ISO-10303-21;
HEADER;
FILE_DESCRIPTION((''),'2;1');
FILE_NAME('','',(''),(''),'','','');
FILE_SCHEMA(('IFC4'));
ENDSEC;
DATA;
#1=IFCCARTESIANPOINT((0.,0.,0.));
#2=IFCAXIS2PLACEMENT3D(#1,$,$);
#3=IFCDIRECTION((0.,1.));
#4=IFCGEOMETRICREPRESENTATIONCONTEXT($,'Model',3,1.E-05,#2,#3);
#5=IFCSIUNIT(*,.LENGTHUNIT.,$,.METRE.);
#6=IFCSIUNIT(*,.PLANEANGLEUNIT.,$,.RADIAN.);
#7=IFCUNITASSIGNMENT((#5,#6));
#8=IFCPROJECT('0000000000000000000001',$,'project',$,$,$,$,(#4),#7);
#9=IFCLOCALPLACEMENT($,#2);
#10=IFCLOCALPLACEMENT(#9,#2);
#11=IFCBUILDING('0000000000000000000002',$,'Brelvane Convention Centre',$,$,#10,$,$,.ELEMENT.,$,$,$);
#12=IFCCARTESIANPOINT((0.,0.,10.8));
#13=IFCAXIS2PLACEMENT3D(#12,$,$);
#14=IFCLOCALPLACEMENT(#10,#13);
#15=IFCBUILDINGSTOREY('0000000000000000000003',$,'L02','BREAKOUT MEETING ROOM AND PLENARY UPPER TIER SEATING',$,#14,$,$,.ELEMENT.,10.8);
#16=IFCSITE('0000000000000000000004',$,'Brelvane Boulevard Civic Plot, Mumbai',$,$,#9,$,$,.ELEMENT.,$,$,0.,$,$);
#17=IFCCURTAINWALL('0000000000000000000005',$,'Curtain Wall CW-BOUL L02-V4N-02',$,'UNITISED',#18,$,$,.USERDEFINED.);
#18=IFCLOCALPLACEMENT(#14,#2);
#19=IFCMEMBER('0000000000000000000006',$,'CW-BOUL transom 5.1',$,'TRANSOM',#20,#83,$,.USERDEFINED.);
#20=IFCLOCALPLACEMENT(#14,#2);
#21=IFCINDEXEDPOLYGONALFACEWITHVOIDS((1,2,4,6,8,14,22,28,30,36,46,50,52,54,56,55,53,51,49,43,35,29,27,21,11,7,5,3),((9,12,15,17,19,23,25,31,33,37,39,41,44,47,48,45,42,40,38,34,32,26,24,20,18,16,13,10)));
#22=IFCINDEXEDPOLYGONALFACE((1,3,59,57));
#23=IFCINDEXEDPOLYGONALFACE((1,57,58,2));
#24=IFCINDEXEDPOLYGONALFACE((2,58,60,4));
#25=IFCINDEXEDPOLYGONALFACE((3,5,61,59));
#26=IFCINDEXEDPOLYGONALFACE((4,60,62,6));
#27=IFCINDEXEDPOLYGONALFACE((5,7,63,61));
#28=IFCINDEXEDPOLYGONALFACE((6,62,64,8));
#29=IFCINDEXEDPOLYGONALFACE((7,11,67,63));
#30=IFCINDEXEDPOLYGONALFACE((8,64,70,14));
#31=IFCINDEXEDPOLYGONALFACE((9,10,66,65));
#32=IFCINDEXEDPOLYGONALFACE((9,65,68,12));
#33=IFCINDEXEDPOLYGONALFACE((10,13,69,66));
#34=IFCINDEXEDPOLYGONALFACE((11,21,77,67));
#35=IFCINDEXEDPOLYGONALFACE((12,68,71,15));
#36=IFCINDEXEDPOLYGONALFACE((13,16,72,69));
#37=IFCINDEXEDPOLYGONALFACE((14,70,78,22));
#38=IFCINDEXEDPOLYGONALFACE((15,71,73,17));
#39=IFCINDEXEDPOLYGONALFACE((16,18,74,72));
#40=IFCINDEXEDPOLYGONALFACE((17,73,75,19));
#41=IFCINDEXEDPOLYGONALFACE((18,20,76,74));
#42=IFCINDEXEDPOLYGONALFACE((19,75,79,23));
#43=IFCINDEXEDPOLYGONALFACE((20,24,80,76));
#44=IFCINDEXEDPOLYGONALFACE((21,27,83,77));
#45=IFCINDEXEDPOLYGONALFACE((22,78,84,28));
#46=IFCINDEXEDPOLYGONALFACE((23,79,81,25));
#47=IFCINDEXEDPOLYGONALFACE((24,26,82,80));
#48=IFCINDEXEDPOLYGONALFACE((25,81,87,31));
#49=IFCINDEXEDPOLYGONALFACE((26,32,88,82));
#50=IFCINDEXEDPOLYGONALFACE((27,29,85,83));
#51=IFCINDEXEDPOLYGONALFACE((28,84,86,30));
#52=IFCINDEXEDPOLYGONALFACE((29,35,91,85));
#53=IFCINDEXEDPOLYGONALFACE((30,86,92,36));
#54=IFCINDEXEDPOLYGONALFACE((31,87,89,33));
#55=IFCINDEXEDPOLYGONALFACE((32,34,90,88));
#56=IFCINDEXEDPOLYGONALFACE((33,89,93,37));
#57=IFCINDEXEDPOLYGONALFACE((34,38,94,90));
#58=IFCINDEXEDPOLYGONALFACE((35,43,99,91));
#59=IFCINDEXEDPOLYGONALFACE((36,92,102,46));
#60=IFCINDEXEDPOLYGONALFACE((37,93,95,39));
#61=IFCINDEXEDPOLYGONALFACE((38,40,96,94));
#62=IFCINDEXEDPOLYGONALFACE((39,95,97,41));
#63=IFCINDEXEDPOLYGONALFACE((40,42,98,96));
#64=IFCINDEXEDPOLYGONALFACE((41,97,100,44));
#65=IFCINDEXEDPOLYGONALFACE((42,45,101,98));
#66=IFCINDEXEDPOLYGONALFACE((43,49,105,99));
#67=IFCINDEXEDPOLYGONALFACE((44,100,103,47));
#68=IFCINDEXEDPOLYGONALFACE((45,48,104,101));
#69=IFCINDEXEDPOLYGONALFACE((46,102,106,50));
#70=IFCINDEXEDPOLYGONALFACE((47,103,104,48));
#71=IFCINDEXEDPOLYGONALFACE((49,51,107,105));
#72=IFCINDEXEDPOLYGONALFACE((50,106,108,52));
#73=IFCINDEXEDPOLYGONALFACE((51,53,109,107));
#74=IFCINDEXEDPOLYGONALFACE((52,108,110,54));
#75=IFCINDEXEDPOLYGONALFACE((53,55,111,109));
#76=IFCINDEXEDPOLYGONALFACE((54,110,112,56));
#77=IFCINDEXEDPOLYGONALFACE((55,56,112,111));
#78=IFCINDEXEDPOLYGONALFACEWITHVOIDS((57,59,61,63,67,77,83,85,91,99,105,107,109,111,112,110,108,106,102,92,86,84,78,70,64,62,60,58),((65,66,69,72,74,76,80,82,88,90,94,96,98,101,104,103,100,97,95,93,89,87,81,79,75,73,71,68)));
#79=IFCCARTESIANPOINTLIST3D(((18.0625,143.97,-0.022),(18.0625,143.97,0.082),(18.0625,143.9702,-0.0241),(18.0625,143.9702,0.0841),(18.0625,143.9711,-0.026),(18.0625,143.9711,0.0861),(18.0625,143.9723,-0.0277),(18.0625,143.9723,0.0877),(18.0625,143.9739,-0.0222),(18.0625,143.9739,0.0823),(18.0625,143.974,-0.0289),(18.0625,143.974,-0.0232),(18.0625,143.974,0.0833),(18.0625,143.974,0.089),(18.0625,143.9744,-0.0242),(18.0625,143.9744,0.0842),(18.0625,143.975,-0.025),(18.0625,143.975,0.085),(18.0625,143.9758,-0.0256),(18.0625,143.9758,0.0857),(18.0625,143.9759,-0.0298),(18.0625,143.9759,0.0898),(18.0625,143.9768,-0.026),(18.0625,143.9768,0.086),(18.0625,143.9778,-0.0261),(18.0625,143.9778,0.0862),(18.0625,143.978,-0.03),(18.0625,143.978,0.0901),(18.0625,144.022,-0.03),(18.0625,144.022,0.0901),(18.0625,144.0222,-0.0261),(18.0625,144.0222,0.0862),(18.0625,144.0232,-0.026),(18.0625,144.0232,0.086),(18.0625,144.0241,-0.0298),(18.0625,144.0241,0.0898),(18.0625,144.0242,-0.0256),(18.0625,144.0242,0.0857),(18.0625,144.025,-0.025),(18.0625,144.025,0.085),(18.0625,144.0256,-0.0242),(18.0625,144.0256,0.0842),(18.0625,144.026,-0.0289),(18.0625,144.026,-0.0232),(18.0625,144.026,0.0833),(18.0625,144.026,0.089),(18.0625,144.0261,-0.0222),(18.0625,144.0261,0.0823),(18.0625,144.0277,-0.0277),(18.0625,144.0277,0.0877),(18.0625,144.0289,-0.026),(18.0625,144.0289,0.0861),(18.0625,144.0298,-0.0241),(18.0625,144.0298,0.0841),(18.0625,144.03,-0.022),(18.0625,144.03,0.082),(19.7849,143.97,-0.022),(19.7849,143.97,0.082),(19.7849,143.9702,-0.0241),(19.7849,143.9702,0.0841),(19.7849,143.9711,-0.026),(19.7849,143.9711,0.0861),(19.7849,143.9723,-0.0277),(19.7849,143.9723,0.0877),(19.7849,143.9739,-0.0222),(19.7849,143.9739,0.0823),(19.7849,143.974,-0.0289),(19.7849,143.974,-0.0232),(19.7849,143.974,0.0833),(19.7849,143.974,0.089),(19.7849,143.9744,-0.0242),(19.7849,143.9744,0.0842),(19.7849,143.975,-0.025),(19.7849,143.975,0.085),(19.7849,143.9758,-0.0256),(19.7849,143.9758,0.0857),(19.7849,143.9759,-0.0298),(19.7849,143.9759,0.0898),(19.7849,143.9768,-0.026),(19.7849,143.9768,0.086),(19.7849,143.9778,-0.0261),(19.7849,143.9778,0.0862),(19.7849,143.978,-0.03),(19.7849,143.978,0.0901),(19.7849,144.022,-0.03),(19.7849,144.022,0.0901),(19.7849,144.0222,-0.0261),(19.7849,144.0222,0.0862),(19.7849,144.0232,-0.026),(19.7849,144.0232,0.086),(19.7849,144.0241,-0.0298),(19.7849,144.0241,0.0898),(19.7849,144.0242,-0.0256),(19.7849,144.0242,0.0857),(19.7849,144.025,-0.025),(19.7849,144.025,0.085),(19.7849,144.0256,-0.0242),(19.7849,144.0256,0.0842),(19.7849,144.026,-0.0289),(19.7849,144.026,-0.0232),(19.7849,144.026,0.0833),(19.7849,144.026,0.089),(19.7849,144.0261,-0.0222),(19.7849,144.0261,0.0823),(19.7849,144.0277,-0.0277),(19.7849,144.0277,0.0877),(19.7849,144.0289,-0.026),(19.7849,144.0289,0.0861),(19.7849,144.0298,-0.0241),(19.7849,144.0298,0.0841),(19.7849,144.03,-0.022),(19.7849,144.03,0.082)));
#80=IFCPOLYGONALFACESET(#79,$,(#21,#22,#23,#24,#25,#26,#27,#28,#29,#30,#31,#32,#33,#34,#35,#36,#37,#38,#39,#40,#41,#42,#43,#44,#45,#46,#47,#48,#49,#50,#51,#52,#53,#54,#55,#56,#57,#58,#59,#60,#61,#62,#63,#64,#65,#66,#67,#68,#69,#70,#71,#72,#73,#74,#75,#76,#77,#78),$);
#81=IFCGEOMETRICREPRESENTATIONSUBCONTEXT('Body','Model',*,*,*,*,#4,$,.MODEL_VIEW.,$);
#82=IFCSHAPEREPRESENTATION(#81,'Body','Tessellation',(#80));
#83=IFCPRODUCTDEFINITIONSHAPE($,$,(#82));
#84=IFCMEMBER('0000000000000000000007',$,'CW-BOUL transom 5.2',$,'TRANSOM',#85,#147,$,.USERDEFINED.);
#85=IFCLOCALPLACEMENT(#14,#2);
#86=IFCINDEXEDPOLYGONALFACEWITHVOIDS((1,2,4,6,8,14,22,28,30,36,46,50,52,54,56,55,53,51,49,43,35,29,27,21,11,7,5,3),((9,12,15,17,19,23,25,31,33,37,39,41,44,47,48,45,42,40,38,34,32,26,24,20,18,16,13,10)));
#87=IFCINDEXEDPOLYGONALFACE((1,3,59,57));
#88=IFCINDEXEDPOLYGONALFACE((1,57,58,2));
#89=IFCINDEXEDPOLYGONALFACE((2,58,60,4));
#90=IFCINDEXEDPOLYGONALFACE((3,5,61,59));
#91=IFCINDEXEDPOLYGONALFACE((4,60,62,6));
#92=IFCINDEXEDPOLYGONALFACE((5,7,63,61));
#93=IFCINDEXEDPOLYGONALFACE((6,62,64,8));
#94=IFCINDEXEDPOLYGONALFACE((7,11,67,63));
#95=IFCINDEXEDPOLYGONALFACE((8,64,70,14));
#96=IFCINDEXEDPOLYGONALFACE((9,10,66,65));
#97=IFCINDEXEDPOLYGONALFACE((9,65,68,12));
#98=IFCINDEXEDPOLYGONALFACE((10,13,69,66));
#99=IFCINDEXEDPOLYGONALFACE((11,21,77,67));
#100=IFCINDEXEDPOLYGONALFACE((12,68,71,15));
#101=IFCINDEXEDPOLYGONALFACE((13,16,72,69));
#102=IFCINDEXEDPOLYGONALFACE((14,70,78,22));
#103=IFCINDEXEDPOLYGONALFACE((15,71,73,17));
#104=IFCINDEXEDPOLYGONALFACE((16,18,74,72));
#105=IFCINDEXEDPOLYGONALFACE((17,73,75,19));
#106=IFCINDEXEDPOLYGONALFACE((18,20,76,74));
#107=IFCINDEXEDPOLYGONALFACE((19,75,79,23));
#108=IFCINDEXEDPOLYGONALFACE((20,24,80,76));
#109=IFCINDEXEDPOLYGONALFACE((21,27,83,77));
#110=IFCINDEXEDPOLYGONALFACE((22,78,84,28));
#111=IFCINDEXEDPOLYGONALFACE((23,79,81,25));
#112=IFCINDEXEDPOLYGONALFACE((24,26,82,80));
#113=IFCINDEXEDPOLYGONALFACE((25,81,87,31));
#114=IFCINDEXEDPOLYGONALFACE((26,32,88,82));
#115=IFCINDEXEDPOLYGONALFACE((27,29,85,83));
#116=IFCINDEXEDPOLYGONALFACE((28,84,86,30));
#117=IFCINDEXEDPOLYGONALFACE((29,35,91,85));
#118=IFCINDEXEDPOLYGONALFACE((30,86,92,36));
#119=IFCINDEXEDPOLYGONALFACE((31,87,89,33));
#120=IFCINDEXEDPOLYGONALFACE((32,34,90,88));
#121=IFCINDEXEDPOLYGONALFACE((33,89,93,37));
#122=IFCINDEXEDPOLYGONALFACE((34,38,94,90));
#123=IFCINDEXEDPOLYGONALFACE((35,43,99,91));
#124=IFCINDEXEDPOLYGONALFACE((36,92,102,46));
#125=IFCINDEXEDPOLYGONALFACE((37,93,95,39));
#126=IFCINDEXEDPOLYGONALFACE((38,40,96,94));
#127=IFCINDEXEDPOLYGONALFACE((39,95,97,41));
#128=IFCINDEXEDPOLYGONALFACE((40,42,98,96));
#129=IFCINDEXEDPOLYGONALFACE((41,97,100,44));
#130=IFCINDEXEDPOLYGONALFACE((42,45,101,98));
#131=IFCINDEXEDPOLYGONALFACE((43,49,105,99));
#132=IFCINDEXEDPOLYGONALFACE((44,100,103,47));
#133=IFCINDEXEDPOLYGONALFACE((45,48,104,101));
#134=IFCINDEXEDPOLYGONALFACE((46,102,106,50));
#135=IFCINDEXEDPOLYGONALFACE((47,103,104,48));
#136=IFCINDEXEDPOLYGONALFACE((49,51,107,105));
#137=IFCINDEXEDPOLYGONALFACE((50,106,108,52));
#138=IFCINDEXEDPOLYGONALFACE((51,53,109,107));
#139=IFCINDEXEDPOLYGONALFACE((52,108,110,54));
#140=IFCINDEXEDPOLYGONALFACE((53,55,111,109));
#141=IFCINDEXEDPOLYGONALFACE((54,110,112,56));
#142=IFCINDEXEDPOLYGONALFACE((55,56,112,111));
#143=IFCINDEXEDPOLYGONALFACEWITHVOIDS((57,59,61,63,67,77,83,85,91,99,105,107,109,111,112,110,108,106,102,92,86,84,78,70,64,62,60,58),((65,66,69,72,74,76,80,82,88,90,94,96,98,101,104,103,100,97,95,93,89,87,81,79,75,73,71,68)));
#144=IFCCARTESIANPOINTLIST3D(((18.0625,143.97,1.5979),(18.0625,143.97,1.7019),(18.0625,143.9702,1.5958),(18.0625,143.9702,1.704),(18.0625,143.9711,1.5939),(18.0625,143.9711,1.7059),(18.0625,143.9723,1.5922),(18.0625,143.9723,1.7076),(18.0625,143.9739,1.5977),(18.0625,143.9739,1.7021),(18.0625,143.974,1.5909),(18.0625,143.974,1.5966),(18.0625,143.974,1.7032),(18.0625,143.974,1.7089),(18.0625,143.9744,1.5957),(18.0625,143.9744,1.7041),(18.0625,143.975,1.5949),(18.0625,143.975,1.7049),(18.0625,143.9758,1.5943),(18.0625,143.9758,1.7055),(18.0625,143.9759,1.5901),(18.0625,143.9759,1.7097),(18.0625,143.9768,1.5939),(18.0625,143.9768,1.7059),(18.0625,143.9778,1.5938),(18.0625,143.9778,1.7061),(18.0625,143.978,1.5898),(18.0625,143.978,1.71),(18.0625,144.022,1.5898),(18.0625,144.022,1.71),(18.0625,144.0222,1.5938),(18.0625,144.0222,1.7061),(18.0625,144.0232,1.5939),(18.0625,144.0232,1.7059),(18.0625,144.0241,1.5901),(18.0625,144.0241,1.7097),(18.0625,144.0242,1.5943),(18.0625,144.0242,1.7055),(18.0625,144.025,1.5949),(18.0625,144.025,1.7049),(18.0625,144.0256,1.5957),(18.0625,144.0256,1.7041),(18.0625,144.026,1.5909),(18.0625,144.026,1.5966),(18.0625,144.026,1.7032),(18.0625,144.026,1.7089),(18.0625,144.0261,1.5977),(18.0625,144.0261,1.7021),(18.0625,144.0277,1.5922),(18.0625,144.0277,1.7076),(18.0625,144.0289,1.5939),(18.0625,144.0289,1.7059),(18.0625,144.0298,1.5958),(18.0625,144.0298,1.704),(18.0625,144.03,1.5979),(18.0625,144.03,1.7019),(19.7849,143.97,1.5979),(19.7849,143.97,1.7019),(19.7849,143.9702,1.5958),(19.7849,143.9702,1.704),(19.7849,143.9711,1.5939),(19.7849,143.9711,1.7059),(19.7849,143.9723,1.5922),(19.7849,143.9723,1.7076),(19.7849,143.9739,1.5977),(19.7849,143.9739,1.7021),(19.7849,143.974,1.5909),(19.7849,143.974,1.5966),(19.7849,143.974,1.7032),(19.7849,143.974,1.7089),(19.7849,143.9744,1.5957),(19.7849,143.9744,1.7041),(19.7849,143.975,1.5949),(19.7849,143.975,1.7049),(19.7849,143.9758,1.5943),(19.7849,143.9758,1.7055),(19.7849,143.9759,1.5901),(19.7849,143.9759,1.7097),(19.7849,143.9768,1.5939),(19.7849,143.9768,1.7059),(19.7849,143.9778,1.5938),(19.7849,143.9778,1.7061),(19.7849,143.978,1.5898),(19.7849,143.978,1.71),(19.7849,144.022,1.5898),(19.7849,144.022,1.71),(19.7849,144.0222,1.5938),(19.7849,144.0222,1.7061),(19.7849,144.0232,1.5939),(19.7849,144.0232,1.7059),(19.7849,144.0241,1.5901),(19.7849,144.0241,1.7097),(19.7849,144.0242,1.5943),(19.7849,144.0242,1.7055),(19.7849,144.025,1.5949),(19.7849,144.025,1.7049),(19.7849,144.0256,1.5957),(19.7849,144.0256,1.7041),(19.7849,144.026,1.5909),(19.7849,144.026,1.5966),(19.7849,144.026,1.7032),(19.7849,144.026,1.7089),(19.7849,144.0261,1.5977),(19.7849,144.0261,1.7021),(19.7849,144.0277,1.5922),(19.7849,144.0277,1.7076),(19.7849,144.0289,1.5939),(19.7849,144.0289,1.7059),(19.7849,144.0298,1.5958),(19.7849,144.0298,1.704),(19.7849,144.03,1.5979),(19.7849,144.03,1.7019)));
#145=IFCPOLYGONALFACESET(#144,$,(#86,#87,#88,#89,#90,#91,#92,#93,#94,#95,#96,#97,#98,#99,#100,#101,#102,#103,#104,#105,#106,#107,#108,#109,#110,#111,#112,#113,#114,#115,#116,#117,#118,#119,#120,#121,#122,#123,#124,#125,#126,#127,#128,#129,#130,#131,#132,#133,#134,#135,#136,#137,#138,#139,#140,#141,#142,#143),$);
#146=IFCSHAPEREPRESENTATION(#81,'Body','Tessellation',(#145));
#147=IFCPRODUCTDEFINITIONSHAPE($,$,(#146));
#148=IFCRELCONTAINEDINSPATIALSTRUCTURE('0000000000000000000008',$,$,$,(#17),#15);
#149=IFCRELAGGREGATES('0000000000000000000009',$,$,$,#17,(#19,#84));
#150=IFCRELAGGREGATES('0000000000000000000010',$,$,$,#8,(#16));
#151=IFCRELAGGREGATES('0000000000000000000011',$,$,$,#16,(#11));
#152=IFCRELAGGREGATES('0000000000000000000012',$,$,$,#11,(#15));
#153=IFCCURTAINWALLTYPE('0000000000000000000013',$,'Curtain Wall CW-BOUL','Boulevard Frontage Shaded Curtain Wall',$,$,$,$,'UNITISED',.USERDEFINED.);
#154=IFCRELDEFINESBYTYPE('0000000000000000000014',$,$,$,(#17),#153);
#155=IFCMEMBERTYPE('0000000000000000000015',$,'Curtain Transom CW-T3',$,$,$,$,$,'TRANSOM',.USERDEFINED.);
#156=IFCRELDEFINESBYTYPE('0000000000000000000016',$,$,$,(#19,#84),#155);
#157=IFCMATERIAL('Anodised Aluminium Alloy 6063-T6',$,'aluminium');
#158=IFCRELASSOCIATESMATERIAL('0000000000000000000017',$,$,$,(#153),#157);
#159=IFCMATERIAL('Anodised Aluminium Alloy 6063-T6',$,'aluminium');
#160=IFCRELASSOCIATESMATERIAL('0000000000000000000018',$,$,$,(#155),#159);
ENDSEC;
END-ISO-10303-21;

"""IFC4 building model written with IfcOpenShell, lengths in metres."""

from ifc_helpers import new_model, si_unit, direction, frame, origin, origin_2d, place, context, subcontext, project, spatial, hollow_rectangle, extrude, material, material_profile, profile_set, type_object, element, aggregate, save


model = new_model("IFC4")

# Units and contexts
model_context = context("Model", 3, precision=1e-05, world=origin(), true_north=direction((0.0, 1.0)))
body_context = subcontext(model_context, "Body", "Model", "MODEL_VIEW")
ifc_project = project(units=[si_unit("LENGTHUNIT", "METRE"), si_unit("PLANEANGLEUNIT", "RADIAN")], contexts=[model_context])

# Site, building, storey
site_placement = place(None, origin())
site = spatial("IfcSite", under=ifc_project, at=site_placement, Name="Brelvane Boulevard Civic Plot, Mumbai", CompositionType="ELEMENT", RefElevation=0.0)
building_placement = place(site_placement, origin())
building = spatial("IfcBuilding", under=site, at=building_placement, Name="Brelvane Convention Centre", CompositionType="ELEMENT")
storey_placement = place(building_placement, frame((0.0, 0.0, 10.8)))
storey = spatial("IfcBuildingStorey", under=building, at=storey_placement, Name="L02", Description="BREAKOUT MEETING ROOM AND PLENARY UPPER TIER SEATING", CompositionType="ELEMENT", Elevation=10.8)

# Curtain wall, members
ifc_material_1 = material(Name="Anodised Aluminium Alloy 6063-T6", Category="aluminium")
curtain_wall_type = type_object("IfcCurtainWallType", Name="Curtain Wall CW-BOUL", Description="Boulevard Frontage Shaded Curtain Wall", ElementType="UNITISED", PredefinedType="USERDEFINED", material=ifc_material_1)
curtain_wall_placement = place(storey_placement, origin())
curtain_wall = element("IfcCurtainWall", 1, at=curtain_wall_placement, inside=storey, type_object=curtain_wall_type, Name="Curtain Wall CW-BOUL L02-V4N-02", ObjectType="UNITISED", PredefinedType="USERDEFINED")
ifc_material_2 = material(Name="Anodised Aluminium Alloy 6063-T6", Category="aluminium")
ifc_material_profile_1 = material_profile(ifc_material_2, hollow_rectangle(XDim=0.0601, YDim=0.1201, WallThickness=0.0039, InnerFilletRadius=0.0039, OuterFilletRadius=0.0081, at=origin_2d()), Name="ALU-T 120x60x4.0")
ifc_profile_set_1 = profile_set([ifc_material_profile_1], Name="Anodised Aluminium Alloy 6063-T6")
member_type_1 = type_object("IfcMemberType", Name="Curtain Transom CW-T3", ElementType="TRANSOM", PredefinedType="USERDEFINED", material=ifc_profile_set_1)
member_1_placement = place(storey_placement, frame((18.0625, 144.0, 0.03), z_axis=(1.0, 0.0, 0.0), x_axis=(0.0, 1.0, 0.0)))
member_1 = element("IfcMember", 2, at=member_1_placement, type_object=member_type_1, Name="CW-BOUL transom 5.1", ObjectType="TRANSOM", PredefinedType="USERDEFINED", context=body_context, shape_type="SweptSolid", body=[
    extrude(hollow_rectangle(XDim=0.0601, YDim=0.1201, WallThickness=0.0039, InnerFilletRadius=0.0039, OuterFilletRadius=0.0081, at=origin_2d()), origin(), (0.0, 0.0, 1.0), 1.7224),
])
member_2_placement = place(storey_placement, frame((18.0625, 144.0, 1.6499), z_axis=(1.0, 0.0, 0.0), x_axis=(0.0, 1.0, 0.0)))
member_2 = element("IfcMember", 3, at=member_2_placement, type_object=member_type_1, Name="CW-BOUL transom 5.2", ObjectType="TRANSOM", PredefinedType="USERDEFINED", context=body_context, shape_type="SweptSolid", body=[
    extrude(hollow_rectangle(XDim=0.0601, YDim=0.1201, WallThickness=0.0039, InnerFilletRadius=0.0039, OuterFilletRadius=0.0081, at=origin_2d()), origin(), (0.0, 0.0, 1.0), 1.7224),
])

aggregate(curtain_wall, [member_1, member_2])

save(model, "model.ifc")
